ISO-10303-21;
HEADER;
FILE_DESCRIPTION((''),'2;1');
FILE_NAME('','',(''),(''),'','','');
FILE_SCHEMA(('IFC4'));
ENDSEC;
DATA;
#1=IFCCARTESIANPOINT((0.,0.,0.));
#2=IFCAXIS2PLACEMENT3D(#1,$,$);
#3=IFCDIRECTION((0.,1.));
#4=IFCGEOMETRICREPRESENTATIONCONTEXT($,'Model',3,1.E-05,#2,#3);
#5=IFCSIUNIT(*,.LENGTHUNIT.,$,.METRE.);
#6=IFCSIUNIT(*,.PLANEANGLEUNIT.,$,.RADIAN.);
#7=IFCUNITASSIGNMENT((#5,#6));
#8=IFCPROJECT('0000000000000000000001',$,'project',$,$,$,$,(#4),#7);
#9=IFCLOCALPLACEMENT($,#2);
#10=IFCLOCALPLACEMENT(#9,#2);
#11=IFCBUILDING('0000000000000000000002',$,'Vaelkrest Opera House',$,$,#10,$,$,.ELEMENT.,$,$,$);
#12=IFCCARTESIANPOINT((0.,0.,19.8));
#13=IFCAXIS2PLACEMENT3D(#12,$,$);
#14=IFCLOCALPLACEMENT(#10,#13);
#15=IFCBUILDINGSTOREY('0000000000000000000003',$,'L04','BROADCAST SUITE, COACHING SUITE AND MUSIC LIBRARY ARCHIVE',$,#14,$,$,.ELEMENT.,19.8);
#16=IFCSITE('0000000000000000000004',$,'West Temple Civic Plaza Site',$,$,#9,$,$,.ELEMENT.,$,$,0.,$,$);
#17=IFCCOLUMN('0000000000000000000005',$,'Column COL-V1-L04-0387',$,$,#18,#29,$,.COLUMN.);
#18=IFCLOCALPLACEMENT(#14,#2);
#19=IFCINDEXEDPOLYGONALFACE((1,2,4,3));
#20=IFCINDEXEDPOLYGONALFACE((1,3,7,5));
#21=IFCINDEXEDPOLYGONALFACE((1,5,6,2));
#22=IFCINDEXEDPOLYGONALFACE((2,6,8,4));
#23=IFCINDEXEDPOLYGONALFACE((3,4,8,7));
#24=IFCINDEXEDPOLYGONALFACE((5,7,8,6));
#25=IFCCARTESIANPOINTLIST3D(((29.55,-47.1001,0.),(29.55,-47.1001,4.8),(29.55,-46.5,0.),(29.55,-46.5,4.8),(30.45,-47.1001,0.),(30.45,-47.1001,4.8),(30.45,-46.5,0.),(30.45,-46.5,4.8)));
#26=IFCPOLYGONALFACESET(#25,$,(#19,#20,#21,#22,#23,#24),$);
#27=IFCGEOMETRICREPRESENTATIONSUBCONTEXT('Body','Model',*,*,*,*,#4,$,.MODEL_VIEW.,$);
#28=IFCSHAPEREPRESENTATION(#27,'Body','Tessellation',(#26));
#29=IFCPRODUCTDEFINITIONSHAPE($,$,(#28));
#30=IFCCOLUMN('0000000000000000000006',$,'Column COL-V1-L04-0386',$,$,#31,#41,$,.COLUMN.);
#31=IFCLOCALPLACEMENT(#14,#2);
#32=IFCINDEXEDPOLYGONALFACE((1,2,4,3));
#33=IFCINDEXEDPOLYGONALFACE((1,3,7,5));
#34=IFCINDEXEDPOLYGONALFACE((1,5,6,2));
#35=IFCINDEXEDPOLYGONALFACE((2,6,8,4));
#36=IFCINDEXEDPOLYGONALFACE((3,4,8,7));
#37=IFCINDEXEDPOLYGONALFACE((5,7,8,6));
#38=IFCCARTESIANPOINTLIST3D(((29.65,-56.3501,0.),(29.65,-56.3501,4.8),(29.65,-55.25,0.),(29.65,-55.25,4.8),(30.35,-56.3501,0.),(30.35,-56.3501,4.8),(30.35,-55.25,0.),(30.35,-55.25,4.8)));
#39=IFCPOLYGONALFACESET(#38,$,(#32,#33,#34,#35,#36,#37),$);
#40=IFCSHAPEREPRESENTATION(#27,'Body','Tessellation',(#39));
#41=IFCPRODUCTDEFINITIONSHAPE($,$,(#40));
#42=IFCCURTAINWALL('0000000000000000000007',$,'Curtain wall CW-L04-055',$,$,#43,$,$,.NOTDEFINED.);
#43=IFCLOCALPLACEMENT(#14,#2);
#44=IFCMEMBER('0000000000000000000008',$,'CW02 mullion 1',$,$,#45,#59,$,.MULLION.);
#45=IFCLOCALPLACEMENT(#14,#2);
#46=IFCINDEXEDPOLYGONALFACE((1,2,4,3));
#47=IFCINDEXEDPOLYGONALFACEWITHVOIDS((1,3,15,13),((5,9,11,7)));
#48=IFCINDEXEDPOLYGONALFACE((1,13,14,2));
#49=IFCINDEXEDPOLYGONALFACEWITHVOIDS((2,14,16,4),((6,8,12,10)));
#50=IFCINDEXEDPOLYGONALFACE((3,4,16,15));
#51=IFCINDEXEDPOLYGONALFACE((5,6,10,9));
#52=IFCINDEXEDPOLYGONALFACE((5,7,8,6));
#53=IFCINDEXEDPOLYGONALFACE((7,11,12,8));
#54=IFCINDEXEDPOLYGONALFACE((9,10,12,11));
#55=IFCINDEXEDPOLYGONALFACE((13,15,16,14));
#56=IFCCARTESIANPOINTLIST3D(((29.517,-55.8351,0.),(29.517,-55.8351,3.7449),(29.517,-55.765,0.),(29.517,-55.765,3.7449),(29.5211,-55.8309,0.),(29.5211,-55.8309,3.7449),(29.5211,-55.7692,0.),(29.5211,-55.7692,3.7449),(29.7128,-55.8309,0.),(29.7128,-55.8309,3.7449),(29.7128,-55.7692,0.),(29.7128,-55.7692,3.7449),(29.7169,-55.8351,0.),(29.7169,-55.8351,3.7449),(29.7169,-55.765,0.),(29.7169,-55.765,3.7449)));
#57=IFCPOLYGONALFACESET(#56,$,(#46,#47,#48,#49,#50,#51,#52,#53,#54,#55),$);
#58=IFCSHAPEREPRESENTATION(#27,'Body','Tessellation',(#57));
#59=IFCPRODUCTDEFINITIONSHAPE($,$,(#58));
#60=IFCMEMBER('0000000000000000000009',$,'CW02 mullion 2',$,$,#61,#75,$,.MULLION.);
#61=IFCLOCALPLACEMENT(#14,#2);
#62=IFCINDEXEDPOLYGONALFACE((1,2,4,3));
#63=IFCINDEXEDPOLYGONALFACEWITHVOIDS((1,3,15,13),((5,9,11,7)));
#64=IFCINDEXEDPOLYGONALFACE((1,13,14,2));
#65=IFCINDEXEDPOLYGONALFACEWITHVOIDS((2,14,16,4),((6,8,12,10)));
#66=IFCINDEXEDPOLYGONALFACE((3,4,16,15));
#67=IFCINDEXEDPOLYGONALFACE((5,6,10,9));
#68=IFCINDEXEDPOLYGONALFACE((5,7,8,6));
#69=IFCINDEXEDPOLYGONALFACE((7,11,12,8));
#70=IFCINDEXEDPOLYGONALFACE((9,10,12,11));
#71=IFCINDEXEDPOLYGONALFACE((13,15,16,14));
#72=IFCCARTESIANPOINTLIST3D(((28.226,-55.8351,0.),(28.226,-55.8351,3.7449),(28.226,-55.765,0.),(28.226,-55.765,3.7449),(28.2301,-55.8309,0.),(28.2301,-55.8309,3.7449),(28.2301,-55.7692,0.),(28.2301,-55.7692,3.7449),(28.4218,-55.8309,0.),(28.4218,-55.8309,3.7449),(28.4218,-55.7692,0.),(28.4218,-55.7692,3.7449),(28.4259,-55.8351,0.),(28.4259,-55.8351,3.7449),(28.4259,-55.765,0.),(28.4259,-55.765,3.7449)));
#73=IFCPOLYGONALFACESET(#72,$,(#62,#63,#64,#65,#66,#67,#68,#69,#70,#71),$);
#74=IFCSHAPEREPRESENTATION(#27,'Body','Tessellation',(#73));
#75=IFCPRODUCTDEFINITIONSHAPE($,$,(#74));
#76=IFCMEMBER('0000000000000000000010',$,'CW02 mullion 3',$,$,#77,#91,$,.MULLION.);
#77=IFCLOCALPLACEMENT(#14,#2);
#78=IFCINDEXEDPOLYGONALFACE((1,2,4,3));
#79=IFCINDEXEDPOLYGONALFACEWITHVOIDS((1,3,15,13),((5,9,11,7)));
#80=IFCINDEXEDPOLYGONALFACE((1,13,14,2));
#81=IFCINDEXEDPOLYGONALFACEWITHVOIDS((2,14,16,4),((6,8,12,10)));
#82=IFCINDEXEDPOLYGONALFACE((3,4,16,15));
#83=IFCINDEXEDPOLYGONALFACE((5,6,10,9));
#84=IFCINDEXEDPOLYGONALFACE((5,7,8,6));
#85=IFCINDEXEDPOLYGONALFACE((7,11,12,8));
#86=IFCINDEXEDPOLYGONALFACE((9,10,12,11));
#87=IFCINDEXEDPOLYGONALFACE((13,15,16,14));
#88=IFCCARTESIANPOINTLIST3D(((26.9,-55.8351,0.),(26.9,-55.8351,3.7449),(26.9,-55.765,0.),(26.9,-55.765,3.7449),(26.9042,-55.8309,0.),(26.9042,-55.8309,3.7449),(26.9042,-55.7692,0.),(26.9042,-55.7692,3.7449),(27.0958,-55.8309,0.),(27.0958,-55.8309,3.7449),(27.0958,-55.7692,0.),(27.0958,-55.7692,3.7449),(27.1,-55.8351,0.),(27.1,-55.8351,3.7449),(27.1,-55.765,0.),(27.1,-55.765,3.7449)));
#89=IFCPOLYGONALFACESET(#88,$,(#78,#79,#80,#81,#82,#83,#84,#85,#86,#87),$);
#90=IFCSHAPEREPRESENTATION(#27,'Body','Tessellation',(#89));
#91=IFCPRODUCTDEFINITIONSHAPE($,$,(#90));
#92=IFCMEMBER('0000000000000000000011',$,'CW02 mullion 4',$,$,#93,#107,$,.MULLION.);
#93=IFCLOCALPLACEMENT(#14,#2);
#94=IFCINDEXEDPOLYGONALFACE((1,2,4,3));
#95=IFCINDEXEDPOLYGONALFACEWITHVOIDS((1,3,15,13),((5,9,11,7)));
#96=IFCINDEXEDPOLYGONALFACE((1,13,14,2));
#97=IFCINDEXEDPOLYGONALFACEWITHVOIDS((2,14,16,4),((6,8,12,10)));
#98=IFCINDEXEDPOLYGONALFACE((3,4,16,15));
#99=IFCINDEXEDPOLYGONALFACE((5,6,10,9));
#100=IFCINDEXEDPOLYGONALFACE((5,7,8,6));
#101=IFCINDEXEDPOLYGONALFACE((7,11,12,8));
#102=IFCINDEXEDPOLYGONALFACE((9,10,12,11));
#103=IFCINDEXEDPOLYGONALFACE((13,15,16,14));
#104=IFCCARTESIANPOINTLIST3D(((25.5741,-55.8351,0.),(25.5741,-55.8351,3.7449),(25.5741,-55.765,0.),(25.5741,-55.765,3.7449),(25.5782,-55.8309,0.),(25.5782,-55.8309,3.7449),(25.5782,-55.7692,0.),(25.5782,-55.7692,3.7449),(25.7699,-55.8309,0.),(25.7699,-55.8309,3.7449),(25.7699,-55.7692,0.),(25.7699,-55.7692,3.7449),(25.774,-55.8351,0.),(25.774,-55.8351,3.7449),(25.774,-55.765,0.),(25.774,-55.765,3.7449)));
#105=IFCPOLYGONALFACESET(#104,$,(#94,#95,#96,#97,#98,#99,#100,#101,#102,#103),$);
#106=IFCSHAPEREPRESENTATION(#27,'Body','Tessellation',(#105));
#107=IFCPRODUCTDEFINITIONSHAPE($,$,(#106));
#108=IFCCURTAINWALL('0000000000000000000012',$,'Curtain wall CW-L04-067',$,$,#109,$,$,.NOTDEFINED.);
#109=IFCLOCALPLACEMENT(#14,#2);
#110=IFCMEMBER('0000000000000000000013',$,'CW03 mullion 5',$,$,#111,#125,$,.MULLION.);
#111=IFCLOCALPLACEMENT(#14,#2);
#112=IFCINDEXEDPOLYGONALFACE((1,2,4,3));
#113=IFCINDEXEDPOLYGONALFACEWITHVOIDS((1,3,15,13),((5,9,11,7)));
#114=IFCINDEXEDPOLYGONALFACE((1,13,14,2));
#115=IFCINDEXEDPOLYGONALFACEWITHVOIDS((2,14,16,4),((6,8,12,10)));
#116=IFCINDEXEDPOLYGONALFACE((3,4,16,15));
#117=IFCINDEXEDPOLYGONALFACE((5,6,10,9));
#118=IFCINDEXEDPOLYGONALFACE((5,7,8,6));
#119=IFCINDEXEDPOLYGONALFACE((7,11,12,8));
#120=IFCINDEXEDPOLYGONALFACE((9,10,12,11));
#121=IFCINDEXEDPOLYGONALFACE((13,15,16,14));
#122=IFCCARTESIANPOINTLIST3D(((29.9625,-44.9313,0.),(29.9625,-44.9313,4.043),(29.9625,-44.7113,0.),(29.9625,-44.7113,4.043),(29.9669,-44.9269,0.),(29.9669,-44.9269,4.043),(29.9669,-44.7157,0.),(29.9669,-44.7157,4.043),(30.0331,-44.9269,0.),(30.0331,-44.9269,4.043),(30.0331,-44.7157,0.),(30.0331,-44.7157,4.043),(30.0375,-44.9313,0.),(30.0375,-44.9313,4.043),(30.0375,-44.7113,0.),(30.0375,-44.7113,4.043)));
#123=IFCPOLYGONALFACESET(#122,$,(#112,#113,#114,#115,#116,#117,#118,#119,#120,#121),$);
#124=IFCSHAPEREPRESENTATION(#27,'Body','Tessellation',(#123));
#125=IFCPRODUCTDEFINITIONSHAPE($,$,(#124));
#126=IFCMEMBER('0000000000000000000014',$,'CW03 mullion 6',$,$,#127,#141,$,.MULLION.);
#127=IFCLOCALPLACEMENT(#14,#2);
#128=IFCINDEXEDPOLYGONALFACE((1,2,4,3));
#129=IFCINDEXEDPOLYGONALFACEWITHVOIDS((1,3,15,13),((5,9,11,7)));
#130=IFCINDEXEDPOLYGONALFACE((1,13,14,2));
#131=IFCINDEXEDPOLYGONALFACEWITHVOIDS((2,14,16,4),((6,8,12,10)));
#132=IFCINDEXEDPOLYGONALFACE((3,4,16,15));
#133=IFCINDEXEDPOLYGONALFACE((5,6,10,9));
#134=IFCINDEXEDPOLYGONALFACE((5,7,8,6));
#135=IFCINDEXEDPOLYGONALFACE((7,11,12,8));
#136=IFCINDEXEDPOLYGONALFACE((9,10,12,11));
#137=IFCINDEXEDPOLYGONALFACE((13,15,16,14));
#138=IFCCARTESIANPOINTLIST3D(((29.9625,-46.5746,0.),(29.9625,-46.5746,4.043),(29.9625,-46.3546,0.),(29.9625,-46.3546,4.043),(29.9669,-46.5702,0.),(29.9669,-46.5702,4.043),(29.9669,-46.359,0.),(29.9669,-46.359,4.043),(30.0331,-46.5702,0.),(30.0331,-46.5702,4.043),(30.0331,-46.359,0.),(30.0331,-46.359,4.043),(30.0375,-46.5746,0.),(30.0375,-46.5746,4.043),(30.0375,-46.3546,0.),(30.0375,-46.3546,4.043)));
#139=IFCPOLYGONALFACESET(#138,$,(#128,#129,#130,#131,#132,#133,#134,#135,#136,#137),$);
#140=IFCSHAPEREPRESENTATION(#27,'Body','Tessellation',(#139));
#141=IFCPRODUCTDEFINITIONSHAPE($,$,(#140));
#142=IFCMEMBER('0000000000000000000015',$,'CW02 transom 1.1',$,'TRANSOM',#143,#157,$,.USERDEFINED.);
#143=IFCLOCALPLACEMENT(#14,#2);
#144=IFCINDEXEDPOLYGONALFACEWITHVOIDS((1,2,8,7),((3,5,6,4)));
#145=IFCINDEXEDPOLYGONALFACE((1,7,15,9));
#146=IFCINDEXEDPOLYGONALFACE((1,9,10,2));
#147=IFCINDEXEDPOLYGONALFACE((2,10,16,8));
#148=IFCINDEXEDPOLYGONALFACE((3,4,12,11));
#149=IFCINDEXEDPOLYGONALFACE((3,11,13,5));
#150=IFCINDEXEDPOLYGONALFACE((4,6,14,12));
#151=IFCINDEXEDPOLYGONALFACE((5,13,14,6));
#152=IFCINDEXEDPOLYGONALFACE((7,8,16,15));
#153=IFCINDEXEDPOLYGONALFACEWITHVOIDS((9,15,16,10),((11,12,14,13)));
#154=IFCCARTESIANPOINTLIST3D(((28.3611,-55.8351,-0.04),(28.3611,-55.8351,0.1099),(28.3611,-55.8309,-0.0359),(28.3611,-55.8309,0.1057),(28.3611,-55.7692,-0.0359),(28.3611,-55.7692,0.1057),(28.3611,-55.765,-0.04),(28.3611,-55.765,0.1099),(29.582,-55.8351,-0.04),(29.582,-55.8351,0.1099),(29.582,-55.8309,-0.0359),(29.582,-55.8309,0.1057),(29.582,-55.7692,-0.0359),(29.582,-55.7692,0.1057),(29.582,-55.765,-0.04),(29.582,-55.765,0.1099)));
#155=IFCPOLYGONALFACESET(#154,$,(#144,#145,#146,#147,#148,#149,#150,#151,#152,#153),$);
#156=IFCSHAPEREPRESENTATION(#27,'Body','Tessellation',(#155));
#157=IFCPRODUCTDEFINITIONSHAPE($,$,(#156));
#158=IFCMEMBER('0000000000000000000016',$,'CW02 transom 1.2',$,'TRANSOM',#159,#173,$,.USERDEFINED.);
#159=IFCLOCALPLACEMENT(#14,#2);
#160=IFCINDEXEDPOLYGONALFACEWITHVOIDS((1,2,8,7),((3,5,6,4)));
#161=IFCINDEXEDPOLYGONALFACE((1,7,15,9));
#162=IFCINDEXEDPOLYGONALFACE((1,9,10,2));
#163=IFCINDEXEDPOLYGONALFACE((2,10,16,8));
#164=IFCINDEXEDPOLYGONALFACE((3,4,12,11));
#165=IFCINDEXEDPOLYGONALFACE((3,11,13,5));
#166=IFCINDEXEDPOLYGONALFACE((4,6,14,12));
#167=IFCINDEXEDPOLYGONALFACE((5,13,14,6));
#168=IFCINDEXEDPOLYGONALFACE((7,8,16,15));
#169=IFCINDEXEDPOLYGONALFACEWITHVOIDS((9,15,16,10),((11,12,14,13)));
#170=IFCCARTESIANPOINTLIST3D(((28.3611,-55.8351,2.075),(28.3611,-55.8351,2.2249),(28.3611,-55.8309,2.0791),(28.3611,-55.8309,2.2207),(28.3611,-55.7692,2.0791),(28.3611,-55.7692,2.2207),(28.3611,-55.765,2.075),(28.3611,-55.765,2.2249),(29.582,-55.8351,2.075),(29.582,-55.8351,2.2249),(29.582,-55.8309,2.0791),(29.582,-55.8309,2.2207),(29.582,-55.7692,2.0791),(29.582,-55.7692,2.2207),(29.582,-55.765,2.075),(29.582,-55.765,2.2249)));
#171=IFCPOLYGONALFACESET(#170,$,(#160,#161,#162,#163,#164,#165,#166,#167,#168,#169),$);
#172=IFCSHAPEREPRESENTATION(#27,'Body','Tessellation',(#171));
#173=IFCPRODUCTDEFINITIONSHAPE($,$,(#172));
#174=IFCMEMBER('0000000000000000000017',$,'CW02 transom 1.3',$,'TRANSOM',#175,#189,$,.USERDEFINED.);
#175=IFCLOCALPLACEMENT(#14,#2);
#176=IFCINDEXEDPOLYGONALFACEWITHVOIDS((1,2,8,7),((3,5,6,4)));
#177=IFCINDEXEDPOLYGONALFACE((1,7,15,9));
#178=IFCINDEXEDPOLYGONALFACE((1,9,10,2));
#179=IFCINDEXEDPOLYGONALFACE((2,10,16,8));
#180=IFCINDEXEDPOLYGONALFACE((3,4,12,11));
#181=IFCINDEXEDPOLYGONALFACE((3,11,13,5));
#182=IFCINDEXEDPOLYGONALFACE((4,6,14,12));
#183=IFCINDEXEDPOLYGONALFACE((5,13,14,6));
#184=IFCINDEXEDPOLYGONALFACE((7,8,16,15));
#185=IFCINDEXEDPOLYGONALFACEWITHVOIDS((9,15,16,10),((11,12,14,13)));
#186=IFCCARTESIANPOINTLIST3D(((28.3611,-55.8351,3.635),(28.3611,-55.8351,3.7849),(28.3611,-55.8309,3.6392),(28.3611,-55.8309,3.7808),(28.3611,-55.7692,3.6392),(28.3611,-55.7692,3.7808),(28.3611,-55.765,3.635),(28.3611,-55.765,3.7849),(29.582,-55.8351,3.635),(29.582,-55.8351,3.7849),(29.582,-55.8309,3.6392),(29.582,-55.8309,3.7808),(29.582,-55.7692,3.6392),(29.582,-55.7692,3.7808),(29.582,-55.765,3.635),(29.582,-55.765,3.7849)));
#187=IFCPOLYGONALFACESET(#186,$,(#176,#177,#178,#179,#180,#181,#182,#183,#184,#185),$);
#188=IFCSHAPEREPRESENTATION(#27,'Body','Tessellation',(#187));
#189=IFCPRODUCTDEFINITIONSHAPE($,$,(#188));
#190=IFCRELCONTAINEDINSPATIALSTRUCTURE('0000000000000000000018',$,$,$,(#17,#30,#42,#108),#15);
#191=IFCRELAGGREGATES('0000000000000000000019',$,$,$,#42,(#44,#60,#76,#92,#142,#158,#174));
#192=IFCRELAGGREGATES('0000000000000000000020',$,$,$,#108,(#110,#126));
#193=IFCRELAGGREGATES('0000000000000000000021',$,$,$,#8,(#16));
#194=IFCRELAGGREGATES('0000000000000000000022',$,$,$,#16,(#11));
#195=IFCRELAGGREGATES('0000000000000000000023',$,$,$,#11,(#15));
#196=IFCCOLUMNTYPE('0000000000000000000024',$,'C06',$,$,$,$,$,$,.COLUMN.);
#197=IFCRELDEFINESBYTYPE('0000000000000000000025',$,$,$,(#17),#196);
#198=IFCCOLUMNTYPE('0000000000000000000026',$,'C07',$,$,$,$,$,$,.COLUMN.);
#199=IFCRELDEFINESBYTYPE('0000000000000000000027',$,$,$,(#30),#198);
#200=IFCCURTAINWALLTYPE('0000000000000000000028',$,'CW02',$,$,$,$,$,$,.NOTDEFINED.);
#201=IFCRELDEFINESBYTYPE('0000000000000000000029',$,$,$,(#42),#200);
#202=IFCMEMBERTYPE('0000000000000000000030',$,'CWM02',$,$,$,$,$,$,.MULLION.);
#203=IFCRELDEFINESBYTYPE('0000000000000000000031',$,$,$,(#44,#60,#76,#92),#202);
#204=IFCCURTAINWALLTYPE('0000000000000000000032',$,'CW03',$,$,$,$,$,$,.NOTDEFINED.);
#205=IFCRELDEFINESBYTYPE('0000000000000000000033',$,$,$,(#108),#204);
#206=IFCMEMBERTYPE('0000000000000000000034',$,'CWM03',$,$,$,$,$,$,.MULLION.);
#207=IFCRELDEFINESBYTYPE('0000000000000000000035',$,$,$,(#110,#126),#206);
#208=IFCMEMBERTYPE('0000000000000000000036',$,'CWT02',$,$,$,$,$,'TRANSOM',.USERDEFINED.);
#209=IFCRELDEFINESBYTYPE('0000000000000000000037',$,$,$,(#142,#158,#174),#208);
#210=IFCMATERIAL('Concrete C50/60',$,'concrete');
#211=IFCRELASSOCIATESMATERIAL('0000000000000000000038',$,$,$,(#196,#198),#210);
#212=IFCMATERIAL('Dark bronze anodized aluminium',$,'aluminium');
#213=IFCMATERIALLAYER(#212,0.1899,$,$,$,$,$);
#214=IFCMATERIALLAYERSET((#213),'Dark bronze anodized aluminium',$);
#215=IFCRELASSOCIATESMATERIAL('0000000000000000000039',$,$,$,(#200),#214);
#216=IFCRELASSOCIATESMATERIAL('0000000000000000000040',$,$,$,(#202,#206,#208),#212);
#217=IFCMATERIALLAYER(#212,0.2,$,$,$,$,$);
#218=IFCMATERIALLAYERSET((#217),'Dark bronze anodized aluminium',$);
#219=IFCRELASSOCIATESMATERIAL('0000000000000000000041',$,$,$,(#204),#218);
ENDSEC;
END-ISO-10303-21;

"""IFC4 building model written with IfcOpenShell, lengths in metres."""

from ifc_helpers import new_model, si_unit, direction, frame, origin, origin_2d, place, context, subcontext, project, spatial, rectangle, hollow_rectangle, extrude, material, layer, layer_set, material_profile, profile_set, type_object, element, aggregate, save


model = new_model("IFC4")

# Units and contexts
model_context = context("Model", 3, precision=1e-05, world=origin(), true_north=direction((0.0, 1.0)))
body_context = subcontext(model_context, "Body", "Model", "MODEL_VIEW")
ifc_project = project(units=[si_unit("LENGTHUNIT", "METRE"), si_unit("PLANEANGLEUNIT", "RADIAN")], contexts=[model_context])

# Site, building, storey
site_placement = place(None, origin())
site = spatial("IfcSite", under=ifc_project, at=site_placement, Name="West Temple Civic Plaza Site", CompositionType="ELEMENT", RefElevation=0.0)
building_placement = place(site_placement, origin())
building = spatial("IfcBuilding", under=site, at=building_placement, Name="Vaelkrest Opera House", CompositionType="ELEMENT")
storey_placement = place(building_placement, frame((0.0, 0.0, 19.8)))
storey = spatial("IfcBuildingStorey", under=building, at=storey_placement, Name="L04", Description="BROADCAST SUITE, COACHING SUITE AND MUSIC LIBRARY ARCHIVE", CompositionType="ELEMENT", Elevation=19.8)

# Columns
ifc_material_1 = material(Name="Concrete C50/60", Category="concrete")
ifc_material_profile_1 = material_profile(ifc_material_1, rectangle(XDim=0.6001, YDim=0.8999, at=origin_2d()), Name="RC600X900")
ifc_profile_set_1 = profile_set([ifc_material_profile_1], Name="Concrete C50/60")
column_type_1 = type_object("IfcColumnType", Name="C06", PredefinedType="COLUMN", material=ifc_profile_set_1)
column_1_placement = place(storey_placement, frame((30.0, -46.8, 0.0), z_axis=(0.0, 0.0, 1.0), x_axis=(0.0, 1.0, 0.0)))
element("IfcColumn", 1, at=column_1_placement, inside=storey, type_object=column_type_1, Name="Column COL-V1-L04-0387", PredefinedType="COLUMN", context=body_context, shape_type="SweptSolid", body=[
    extrude(rectangle(XDim=0.6001, YDim=0.8999, at=origin_2d()), origin(), (0.0, 0.0, 1.0), 4.8),
])
ifc_material_profile_2 = material_profile(ifc_material_1, rectangle(XDim=0.7, YDim=1.1001, at=origin_2d()), Name="RC700X1100")
ifc_profile_set_2 = profile_set([ifc_material_profile_2], Name="Concrete C50/60")
column_type_2 = type_object("IfcColumnType", Name="C07", PredefinedType="COLUMN", material=ifc_profile_set_2)
column_2_placement = place(storey_placement, frame((30.0, -55.8, 0.0), z_axis=(0.0, 0.0, 1.0), x_axis=(1.0, 0.0, 0.0)))
element("IfcColumn", 2, at=column_2_placement, inside=storey, type_object=column_type_2, Name="Column COL-V1-L04-0386", PredefinedType="COLUMN", context=body_context, shape_type="SweptSolid", body=[
    extrude(rectangle(XDim=0.7, YDim=1.1001, at=origin_2d()), origin(), (0.0, 0.0, 1.0), 4.8),
])

# Curtain walls, members
ifc_material_2 = material(Name="Dark bronze anodized aluminium", Category="aluminium")
ifc_layer_1 = layer(ifc_material_2, 0.1899)
ifc_layer_set_1 = layer_set([ifc_layer_1], Name="Dark bronze anodized aluminium")
curtain_wall_type_1 = type_object("IfcCurtainWallType", Name="CW02", PredefinedType="NOTDEFINED", material=ifc_layer_set_1)
curtain_wall_1_placement = place(storey_placement, origin())
curtain_wall_1 = element("IfcCurtainWall", 3, at=curtain_wall_1_placement, inside=storey, type_object=curtain_wall_type_1, Name="Curtain wall CW-L04-055", PredefinedType="NOTDEFINED")
ifc_material_profile_3 = material_profile(ifc_material_2, hollow_rectangle(XDim=0.0701, YDim=0.2, WallThickness=0.0042, at=origin_2d()), Name="CWM70X200")
ifc_profile_set_3 = profile_set([ifc_material_profile_3], Name="Dark bronze anodized aluminium")
member_type_1 = type_object("IfcMemberType", Name="CWM02", PredefinedType="MULLION", material=ifc_profile_set_3)
member_1_placement = place(storey_placement, frame((29.6169, -55.8, 0.0), z_axis=(0.0, 0.0, 1.0), x_axis=(0.0, -1.0, 0.0)))
member_1 = element("IfcMember", 4, at=member_1_placement, type_object=member_type_1, Name="CW02 mullion 1", PredefinedType="MULLION", context=body_context, shape_type="SweptSolid", body=[
    extrude(hollow_rectangle(XDim=0.0701, YDim=0.2, WallThickness=0.0042, at=origin_2d()), origin(), (0.0, 0.0, 1.0), 3.7449),
])
member_2_placement = place(storey_placement, frame((28.3259, -55.8, 0.0), z_axis=(0.0, 0.0, 1.0), x_axis=(0.0, -1.0, 0.0)))
member_2 = element("IfcMember", 5, at=member_2_placement, type_object=member_type_1, Name="CW02 mullion 2", PredefinedType="MULLION", context=body_context, shape_type="SweptSolid", body=[
    extrude(hollow_rectangle(XDim=0.0701, YDim=0.2, WallThickness=0.0042, at=origin_2d()), origin(), (0.0, 0.0, 1.0), 3.7449),
])
member_3_placement = place(storey_placement, frame((27.0, -55.8, 0.0), z_axis=(0.0, 0.0, 1.0), x_axis=(0.0, -1.0, 0.0)))
member_3 = element("IfcMember", 6, at=member_3_placement, type_object=member_type_1, Name="CW02 mullion 3", PredefinedType="MULLION", context=body_context, shape_type="SweptSolid", body=[
    extrude(hollow_rectangle(XDim=0.0701, YDim=0.2, WallThickness=0.0042, at=origin_2d()), origin(), (0.0, 0.0, 1.0), 3.7449),
])
member_4_placement = place(storey_placement, frame((25.6741, -55.8, 0.0), z_axis=(0.0, 0.0, 1.0), x_axis=(0.0, -1.0, 0.0)))
member_4 = element("IfcMember", 7, at=member_4_placement, type_object=member_type_1, Name="CW02 mullion 4", PredefinedType="MULLION", context=body_context, shape_type="SweptSolid", body=[
    extrude(hollow_rectangle(XDim=0.0701, YDim=0.2, WallThickness=0.0042, at=origin_2d()), origin(), (0.0, 0.0, 1.0), 3.7449),
])
ifc_layer_2 = layer(ifc_material_2, 0.2)
ifc_layer_set_2 = layer_set([ifc_layer_2], Name="Dark bronze anodized aluminium")
curtain_wall_type_2 = type_object("IfcCurtainWallType", Name="CW03", PredefinedType="NOTDEFINED", material=ifc_layer_set_2)
curtain_wall_2_placement = place(storey_placement, origin())
curtain_wall_2 = element("IfcCurtainWall", 8, at=curtain_wall_2_placement, inside=storey, type_object=curtain_wall_type_2, Name="Curtain wall CW-L04-067", PredefinedType="NOTDEFINED")
ifc_material_profile_4 = material_profile(ifc_material_2, hollow_rectangle(XDim=0.075, YDim=0.22, WallThickness=0.0044, at=origin_2d()), Name="CWM75X220")
ifc_profile_set_4 = profile_set([ifc_material_profile_4], Name="Dark bronze anodized aluminium")
member_type_2 = type_object("IfcMemberType", Name="CWM03", PredefinedType="MULLION", material=ifc_profile_set_4)
member_5_placement = place(storey_placement, frame((30.0, -44.8213, 0.0), z_axis=(0.0, 0.0, 1.0), x_axis=(1.0, 0.0, 0.0)))
member_5 = element("IfcMember", 9, at=member_5_placement, type_object=member_type_2, Name="CW03 mullion 5", PredefinedType="MULLION", context=body_context, shape_type="SweptSolid", body=[
    extrude(hollow_rectangle(XDim=0.075, YDim=0.22, WallThickness=0.0044, at=origin_2d()), origin(), (0.0, 0.0, 1.0), 4.043),
])
member_6_placement = place(storey_placement, frame((30.0, -46.4646, 0.0), z_axis=(0.0, 0.0, 1.0), x_axis=(1.0, 0.0, 0.0)))
member_6 = element("IfcMember", 10, at=member_6_placement, type_object=member_type_2, Name="CW03 mullion 6", PredefinedType="MULLION", context=body_context, shape_type="SweptSolid", body=[
    extrude(hollow_rectangle(XDim=0.075, YDim=0.22, WallThickness=0.0044, at=origin_2d()), origin(), (0.0, 0.0, 1.0), 4.043),
])

# Members
ifc_material_profile_5 = material_profile(ifc_material_2, hollow_rectangle(XDim=0.0701, YDim=0.1499, WallThickness=0.0042, at=origin_2d()), Name="CWT70X150")
ifc_profile_set_5 = profile_set([ifc_material_profile_5], Name="Dark bronze anodized aluminium")
member_type_3 = type_object("IfcMemberType", Name="CWT02", ElementType="TRANSOM", PredefinedType="USERDEFINED", material=ifc_profile_set_5)
member_7_placement = place(storey_placement, frame((29.582, -55.8, 0.0349), z_axis=(-1.0, 0.0, 0.0), x_axis=(0.0, -1.0, 0.0)))
member_7 = element("IfcMember", 11, at=member_7_placement, type_object=member_type_3, Name="CW02 transom 1.1", ObjectType="TRANSOM", PredefinedType="USERDEFINED", context=body_context, shape_type="SweptSolid", body=[
    extrude(hollow_rectangle(XDim=0.0701, YDim=0.1499, WallThickness=0.0042, at=origin_2d()), origin(), (0.0, 0.0, 1.0), 1.2209),
])
member_8_placement = place(storey_placement, frame((29.582, -55.8, 2.1499), z_axis=(-1.0, 0.0, 0.0), x_axis=(0.0, -1.0, 0.0)))
member_8 = element("IfcMember", 12, at=member_8_placement, type_object=member_type_3, Name="CW02 transom 1.2", ObjectType="TRANSOM", PredefinedType="USERDEFINED", context=body_context, shape_type="SweptSolid", body=[
    extrude(hollow_rectangle(XDim=0.0701, YDim=0.1499, WallThickness=0.0042, at=origin_2d()), origin(), (0.0, 0.0, 1.0), 1.2209),
])
member_9_placement = place(storey_placement, frame((29.582, -55.8, 3.71), z_axis=(-1.0, 0.0, 0.0), x_axis=(0.0, -1.0, 0.0)))
member_9 = element("IfcMember", 13, at=member_9_placement, type_object=member_type_3, Name="CW02 transom 1.3", ObjectType="TRANSOM", PredefinedType="USERDEFINED", context=body_context, shape_type="SweptSolid", body=[
    extrude(hollow_rectangle(XDim=0.0701, YDim=0.1499, WallThickness=0.0042, at=origin_2d()), origin(), (0.0, 0.0, 1.0), 1.2209),
])

aggregate(curtain_wall_1, [member_1, member_2, member_3, member_4, member_7, member_8, member_9])
aggregate(curtain_wall_2, [member_5, member_6])

save(model, "model.ifc")
